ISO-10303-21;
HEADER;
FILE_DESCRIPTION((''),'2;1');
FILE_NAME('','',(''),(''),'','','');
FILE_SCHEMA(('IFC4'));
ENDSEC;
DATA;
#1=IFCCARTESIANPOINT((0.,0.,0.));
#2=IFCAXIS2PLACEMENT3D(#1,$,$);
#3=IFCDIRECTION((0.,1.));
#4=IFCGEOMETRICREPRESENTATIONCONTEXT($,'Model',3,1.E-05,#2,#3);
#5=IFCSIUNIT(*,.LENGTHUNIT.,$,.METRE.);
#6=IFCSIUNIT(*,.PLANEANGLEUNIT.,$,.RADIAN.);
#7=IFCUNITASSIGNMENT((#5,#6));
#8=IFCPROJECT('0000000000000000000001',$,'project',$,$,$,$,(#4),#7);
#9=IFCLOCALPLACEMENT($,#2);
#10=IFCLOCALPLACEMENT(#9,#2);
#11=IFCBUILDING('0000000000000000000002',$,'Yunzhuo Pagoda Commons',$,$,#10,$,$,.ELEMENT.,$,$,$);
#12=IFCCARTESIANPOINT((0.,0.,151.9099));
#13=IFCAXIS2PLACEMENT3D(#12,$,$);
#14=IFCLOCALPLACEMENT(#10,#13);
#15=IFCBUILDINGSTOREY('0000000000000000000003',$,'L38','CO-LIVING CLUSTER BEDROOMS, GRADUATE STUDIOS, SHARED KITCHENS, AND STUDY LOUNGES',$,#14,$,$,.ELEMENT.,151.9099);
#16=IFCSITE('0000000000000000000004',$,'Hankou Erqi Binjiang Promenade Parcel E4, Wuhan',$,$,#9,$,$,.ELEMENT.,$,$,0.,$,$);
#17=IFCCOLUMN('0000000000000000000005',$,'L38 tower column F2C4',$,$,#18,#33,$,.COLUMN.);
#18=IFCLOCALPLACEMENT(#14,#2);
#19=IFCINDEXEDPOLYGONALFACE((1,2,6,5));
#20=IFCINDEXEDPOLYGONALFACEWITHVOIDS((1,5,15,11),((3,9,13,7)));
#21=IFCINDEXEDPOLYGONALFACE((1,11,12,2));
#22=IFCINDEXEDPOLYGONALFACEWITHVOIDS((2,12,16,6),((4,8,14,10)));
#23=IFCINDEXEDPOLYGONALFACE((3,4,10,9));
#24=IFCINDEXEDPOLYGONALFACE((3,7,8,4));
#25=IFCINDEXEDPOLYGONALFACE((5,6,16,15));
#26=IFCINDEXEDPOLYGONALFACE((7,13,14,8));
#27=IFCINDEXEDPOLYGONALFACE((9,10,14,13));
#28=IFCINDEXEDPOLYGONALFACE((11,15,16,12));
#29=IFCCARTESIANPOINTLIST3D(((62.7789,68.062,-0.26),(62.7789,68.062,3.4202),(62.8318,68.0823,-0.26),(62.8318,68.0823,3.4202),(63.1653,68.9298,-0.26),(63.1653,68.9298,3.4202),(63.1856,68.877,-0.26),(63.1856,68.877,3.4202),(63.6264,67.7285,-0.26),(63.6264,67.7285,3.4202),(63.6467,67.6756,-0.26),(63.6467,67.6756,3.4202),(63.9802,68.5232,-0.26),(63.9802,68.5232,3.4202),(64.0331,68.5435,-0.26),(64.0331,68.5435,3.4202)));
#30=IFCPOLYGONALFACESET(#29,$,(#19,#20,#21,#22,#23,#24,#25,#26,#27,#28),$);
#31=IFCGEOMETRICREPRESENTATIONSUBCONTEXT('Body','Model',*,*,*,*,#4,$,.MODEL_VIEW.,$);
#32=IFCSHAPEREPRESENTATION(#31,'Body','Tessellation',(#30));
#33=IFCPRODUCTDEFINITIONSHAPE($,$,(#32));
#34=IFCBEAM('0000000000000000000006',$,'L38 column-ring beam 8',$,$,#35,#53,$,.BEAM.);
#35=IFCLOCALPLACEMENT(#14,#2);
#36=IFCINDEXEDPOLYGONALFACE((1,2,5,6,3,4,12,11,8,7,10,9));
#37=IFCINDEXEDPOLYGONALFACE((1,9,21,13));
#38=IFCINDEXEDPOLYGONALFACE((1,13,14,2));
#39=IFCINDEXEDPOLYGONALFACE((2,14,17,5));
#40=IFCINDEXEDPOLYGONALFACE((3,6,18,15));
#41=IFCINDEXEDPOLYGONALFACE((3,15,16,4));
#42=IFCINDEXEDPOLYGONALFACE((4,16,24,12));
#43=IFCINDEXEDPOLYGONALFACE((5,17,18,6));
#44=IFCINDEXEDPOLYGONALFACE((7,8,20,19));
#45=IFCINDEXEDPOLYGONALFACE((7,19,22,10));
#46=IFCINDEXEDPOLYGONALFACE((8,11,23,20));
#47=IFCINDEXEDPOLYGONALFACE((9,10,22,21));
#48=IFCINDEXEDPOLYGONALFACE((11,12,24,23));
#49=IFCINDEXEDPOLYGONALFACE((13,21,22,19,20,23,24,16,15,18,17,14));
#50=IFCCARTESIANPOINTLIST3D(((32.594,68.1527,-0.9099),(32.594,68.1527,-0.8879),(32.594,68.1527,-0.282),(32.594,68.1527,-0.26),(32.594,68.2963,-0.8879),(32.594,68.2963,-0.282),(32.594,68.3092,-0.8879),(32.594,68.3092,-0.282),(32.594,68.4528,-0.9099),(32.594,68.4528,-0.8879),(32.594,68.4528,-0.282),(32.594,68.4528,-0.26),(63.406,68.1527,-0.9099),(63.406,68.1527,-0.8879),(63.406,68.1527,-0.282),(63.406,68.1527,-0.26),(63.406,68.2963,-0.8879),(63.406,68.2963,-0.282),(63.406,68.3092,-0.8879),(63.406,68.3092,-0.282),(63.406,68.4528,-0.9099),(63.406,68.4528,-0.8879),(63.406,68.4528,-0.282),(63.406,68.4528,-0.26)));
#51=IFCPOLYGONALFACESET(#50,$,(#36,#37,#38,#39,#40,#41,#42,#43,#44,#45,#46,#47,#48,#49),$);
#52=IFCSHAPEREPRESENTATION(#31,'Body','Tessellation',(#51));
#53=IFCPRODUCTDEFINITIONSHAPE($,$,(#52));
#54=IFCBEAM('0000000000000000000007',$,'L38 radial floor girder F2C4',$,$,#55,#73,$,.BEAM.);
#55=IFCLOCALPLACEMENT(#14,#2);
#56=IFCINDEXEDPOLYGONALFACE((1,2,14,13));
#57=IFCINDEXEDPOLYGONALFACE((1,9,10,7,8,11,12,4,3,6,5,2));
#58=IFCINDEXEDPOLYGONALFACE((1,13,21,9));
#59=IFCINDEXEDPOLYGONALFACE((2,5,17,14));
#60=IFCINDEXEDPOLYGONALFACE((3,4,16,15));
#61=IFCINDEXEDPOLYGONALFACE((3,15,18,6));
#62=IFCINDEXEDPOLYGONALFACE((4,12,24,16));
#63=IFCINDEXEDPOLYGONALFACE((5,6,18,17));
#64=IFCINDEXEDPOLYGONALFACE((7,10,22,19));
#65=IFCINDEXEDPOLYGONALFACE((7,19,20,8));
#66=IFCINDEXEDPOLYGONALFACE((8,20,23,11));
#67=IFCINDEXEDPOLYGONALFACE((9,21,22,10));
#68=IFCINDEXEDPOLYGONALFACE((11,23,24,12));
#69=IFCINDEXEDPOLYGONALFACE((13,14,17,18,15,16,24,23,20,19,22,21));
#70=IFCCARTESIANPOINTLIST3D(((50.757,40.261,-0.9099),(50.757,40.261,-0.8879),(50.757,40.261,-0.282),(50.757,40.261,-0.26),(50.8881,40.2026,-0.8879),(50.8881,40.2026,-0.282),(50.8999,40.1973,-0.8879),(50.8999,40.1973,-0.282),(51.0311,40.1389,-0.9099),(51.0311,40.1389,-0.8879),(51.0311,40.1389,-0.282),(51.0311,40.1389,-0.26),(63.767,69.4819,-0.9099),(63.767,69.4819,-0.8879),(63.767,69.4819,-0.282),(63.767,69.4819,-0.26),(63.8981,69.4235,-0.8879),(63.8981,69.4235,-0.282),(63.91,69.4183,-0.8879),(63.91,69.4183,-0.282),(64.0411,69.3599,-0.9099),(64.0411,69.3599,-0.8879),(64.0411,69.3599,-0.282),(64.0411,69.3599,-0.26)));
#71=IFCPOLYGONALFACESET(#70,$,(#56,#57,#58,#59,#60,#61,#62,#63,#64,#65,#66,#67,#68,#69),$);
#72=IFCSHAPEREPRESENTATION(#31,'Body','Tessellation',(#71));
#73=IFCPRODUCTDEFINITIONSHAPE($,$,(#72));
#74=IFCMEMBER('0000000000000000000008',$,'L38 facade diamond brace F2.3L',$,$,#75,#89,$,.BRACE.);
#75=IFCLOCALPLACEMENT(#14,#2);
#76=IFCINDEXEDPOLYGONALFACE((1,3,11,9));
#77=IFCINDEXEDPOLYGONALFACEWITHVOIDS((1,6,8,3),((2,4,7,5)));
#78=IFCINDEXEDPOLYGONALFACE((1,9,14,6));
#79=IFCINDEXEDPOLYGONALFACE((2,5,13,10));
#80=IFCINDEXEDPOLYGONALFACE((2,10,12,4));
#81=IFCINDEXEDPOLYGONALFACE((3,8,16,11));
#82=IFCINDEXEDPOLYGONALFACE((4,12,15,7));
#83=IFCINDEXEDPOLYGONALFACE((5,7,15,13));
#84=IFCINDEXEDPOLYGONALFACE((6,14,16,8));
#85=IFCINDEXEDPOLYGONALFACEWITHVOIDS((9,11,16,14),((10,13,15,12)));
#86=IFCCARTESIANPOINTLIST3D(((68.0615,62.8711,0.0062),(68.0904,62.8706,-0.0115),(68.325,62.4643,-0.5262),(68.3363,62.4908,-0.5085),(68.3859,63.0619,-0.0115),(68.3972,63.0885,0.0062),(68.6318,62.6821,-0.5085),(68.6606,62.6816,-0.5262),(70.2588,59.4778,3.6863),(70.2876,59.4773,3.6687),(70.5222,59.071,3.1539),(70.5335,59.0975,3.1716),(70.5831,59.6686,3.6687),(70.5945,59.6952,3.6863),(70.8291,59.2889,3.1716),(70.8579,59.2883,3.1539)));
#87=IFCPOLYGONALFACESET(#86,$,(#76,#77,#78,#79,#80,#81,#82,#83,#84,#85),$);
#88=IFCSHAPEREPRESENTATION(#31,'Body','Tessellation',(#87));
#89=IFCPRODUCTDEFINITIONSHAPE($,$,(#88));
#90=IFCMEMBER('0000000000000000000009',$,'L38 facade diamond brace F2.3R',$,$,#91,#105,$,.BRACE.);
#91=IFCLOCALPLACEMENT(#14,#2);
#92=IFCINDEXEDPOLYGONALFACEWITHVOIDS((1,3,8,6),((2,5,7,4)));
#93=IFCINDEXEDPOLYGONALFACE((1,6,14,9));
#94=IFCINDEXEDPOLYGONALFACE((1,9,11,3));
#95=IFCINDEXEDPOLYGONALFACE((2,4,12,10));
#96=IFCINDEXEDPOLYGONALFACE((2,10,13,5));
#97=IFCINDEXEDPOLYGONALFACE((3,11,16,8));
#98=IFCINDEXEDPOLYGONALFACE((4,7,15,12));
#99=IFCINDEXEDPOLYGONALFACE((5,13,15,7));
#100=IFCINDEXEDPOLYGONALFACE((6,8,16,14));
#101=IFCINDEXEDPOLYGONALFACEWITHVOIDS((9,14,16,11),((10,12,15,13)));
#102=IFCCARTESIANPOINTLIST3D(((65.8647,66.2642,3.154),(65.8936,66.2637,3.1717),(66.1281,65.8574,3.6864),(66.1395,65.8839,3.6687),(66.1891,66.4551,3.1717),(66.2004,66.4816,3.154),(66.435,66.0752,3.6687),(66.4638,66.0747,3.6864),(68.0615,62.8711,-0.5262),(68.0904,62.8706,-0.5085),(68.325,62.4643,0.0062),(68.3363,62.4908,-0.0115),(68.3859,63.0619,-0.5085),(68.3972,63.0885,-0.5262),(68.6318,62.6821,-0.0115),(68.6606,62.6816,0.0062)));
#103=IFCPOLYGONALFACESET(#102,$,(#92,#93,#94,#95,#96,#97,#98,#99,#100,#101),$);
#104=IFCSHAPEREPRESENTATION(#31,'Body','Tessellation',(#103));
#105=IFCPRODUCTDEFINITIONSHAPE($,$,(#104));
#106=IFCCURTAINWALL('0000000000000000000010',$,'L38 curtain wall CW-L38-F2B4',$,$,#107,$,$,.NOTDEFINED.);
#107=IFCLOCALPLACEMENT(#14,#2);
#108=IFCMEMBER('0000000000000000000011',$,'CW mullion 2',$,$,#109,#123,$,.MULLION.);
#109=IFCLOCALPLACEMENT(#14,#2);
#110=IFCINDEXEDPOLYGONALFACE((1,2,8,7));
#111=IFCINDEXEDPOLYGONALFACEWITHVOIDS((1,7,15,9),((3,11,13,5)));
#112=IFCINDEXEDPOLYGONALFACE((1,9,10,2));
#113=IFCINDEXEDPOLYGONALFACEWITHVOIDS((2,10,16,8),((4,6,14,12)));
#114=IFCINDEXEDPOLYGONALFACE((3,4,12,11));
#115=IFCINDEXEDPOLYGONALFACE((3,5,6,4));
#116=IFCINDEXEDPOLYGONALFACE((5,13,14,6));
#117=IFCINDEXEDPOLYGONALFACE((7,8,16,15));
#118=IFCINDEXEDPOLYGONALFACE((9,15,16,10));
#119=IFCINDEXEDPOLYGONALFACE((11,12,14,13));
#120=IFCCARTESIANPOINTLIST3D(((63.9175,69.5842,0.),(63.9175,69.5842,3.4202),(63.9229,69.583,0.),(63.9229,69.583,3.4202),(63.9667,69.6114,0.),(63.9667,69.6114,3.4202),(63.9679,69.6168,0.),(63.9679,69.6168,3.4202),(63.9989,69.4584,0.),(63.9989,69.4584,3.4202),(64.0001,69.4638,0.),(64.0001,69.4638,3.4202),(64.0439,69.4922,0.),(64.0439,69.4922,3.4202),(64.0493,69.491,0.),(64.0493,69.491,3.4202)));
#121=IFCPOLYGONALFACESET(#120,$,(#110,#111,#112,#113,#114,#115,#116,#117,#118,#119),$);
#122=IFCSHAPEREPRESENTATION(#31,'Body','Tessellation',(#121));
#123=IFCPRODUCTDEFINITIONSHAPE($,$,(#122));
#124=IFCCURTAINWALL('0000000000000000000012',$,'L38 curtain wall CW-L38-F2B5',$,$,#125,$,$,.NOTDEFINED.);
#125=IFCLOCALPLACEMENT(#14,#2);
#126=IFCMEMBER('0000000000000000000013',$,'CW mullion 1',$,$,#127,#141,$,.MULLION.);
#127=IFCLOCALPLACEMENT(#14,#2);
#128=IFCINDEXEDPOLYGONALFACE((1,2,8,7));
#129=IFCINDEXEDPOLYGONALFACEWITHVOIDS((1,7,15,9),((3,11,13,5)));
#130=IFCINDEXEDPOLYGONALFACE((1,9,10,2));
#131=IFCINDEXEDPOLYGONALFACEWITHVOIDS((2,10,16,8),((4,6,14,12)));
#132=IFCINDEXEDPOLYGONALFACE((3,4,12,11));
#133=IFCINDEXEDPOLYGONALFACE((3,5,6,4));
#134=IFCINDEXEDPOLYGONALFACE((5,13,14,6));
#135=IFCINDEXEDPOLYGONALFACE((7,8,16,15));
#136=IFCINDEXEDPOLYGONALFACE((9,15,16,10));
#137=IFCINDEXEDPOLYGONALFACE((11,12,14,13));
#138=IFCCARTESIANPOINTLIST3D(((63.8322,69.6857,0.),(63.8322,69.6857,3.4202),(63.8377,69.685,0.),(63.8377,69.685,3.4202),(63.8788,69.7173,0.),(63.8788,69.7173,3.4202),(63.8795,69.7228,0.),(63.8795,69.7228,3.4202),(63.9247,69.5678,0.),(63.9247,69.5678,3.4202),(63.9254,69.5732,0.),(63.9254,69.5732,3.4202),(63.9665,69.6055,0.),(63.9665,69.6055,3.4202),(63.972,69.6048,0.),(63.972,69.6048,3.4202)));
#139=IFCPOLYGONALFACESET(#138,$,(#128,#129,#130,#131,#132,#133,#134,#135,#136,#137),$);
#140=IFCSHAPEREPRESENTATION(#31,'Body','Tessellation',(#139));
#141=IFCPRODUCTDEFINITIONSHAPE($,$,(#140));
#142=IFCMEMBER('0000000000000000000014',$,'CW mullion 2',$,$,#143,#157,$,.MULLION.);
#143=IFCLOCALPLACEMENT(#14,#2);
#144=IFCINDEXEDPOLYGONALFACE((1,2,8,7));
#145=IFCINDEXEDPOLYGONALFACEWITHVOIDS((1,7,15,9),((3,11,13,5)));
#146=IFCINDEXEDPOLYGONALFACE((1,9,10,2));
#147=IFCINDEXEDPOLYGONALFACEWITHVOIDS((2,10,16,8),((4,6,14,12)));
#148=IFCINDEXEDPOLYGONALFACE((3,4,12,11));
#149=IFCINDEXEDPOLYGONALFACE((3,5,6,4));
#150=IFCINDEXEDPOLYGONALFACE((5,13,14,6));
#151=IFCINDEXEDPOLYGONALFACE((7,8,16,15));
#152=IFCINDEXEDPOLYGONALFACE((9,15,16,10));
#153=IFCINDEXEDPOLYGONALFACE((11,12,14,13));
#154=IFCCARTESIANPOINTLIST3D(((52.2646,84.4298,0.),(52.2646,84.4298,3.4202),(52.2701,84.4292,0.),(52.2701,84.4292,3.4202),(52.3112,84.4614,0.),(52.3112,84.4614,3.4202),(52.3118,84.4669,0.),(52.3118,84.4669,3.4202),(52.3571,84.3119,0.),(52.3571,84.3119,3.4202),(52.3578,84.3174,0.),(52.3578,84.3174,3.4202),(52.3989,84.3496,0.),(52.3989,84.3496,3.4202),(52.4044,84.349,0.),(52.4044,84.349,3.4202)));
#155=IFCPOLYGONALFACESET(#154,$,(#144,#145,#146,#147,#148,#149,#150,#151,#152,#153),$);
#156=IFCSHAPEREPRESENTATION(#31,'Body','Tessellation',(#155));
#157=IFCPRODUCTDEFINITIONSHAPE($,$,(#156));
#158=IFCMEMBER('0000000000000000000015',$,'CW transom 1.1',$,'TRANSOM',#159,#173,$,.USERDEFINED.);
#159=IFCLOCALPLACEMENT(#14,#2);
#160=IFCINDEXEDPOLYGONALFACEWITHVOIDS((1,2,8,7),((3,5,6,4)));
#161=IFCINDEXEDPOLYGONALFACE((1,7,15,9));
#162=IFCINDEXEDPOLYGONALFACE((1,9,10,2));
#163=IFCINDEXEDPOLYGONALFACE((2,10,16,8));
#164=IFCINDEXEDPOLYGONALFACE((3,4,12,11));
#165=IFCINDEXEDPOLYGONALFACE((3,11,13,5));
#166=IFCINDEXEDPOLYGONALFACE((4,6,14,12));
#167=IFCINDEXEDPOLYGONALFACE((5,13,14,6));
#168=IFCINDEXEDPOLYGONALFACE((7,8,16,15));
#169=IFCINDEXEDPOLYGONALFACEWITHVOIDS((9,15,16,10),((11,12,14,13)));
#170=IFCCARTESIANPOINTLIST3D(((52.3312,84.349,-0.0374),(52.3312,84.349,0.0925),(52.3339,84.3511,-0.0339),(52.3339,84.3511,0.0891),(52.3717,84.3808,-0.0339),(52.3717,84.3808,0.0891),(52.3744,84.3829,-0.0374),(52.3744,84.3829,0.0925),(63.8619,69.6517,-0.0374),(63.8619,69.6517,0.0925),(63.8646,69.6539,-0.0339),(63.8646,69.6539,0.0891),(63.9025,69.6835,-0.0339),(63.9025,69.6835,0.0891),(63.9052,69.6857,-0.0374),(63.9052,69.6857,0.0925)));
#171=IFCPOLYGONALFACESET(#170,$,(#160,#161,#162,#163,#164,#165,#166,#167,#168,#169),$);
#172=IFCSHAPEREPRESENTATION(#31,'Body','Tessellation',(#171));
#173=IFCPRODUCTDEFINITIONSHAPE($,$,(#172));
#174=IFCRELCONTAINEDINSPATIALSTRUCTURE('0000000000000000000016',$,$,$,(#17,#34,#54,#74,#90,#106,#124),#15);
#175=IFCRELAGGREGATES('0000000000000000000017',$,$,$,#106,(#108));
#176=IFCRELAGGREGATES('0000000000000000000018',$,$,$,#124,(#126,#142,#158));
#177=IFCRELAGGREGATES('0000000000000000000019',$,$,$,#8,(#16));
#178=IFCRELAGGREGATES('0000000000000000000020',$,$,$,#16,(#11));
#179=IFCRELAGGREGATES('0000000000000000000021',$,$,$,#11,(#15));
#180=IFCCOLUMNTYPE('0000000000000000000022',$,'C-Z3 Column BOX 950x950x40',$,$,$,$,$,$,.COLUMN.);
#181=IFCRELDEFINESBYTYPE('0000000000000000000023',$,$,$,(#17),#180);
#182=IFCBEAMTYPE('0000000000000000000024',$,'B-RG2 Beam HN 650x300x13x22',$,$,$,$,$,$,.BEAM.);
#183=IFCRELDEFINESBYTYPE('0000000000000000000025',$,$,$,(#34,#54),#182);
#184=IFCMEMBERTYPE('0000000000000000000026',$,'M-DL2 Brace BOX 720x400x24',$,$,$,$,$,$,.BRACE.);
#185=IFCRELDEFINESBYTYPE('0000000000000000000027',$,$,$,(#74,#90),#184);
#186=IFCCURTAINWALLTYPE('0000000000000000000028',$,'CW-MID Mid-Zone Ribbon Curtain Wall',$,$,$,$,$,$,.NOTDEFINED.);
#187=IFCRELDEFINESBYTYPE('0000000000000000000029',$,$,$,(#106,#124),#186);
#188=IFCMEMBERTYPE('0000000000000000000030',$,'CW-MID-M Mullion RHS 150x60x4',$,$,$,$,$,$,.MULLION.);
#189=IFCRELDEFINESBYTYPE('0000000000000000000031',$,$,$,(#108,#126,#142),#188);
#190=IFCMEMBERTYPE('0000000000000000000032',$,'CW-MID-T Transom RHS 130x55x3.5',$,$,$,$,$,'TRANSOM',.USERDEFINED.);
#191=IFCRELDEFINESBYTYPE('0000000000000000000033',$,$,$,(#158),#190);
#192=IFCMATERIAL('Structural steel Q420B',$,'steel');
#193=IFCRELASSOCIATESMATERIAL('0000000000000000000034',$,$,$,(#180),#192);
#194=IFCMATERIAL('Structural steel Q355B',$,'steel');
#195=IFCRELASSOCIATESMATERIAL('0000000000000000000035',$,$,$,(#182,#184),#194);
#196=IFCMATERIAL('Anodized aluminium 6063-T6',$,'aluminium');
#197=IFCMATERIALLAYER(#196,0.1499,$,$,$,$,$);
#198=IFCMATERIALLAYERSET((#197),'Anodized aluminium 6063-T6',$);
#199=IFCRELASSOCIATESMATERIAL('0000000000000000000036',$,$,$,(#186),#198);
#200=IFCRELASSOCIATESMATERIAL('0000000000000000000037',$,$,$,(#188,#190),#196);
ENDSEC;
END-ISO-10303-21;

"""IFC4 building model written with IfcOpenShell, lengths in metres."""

from ifc_helpers import new_model, si_unit, direction, frame, origin, origin_2d, place, context, subcontext, project, spatial, hollow_rectangle, i_section, extrude, source, transform, mapped, material, layer, layer_set, material_profile, profile_set, type_object, element, aggregate, save


model = new_model("IFC4")

# Units and contexts
model_context = context("Model", 3, precision=1e-05, world=origin(), true_north=direction((0.0, 1.0)))
body_context = subcontext(model_context, "Body", "Model", "MODEL_VIEW")
ifc_project = project(units=[si_unit("LENGTHUNIT", "METRE"), si_unit("PLANEANGLEUNIT", "RADIAN")], contexts=[model_context])

# Site, building, storey
site_placement = place(None, origin())
site = spatial("IfcSite", under=ifc_project, at=site_placement, Name="Hankou Erqi Binjiang Promenade Parcel E4, Wuhan", CompositionType="ELEMENT", RefElevation=0.0)
building_placement = place(site_placement, origin())
building = spatial("IfcBuilding", under=site, at=building_placement, Name="Yunzhuo Pagoda Commons", CompositionType="ELEMENT")
storey_placement = place(building_placement, frame((0.0, 0.0, 151.9099)))
storey = spatial("IfcBuildingStorey", under=building, at=storey_placement, Name="L38", Description="CO-LIVING CLUSTER BEDROOMS, GRADUATE STUDIOS, SHARED KITCHENS, AND STUDY LOUNGES", CompositionType="ELEMENT", Elevation=151.9099)

# Column
ifc_material_1 = material(Name="Structural steel Q420B", Category="steel")
ifc_material_profile_1 = material_profile(ifc_material_1, hollow_rectangle(XDim=0.95, YDim=0.95, WallThickness=0.04, at=origin_2d()), Name="Structural steel Q420B")
ifc_profile_set_1 = profile_set([ifc_material_profile_1], Name="Structural steel Q420B")
column_type = type_object("IfcColumnType", Name="C-Z3 Column BOX 950x950x40", PredefinedType="COLUMN", material=ifc_profile_set_1)
shared_shape_1 = source(origin(), body_context, "Body", "SweptSolid", [
    extrude(hollow_rectangle(XDim=0.95, YDim=0.95, WallThickness=0.04, at=origin_2d()), origin(), (0.0, 0.0, 1.0), 3.6802),
])
column_placement = place(storey_placement, frame((63.406, 68.3027, -0.26), z_axis=(0.0, 0.0, 1.0), x_axis=(-0.913545, 0.406737, 0.0)))
element("IfcColumn", 1, at=column_placement, inside=storey, type_object=column_type, Name="L38 tower column F2C4", PredefinedType="COLUMN", context=body_context, shape_type="MappedRepresentation", body=[
    mapped(shared_shape_1, transform((0.0, 0.0, 0.0), scale=1.0)),
])

# Beams
ifc_material_2 = material(Name="Structural steel Q355B", Category="steel")
ifc_material_profile_2 = material_profile(ifc_material_2, i_section(OverallWidth=0.3, OverallDepth=0.6499, WebThickness=0.0129, FlangeThickness=0.022, at=origin_2d()), Name="Structural steel Q355B")
ifc_profile_set_2 = profile_set([ifc_material_profile_2], Name="Structural steel Q355B")
beam_type = type_object("IfcBeamType", Name="B-RG2 Beam HN 650x300x13x22", PredefinedType="BEAM", material=ifc_profile_set_2)
shared_shape_2 = source(origin(), body_context, "Body", "SweptSolid", [
    extrude(i_section(OverallWidth=0.3, OverallDepth=0.6499, WebThickness=0.0129, FlangeThickness=0.022, at=origin_2d()), origin(), (0.0, 0.0, 1.0), 30.812),
])
beam_1_placement = place(storey_placement, frame((63.406, 68.3027, -0.585), z_axis=(-1.0, 0.0, 0.0), x_axis=(0.0, -1.0, 0.0)))
element("IfcBeam", 2, at=beam_1_placement, inside=storey, type_object=beam_type, Name="L38 column-ring beam 8", PredefinedType="BEAM", context=body_context, shape_type="MappedRepresentation", body=[
    mapped(shared_shape_2, transform((0.0, 0.0, 0.0), scale=1.0)),
])
shared_shape_3 = source(origin(), body_context, "Body", "SweptSolid", [
    extrude(i_section(OverallWidth=0.3, OverallDepth=0.6499, WebThickness=0.0129, FlangeThickness=0.022, at=origin_2d()), origin(), (0.0, 0.0, 1.0), 31.9863),
])
beam_2_placement = place(storey_placement, frame((63.9041, 69.4209, -0.585), z_axis=(-0.406737, -0.913545, 0.0), x_axis=(0.913545, -0.406737, 0.0)))
element("IfcBeam", 3, at=beam_2_placement, inside=storey, type_object=beam_type, Name="L38 radial floor girder F2C4", PredefinedType="BEAM", context=body_context, shape_type="MappedRepresentation", body=[
    mapped(shared_shape_3, transform((0.0, 0.0, 0.0), scale=1.0)),
])

# Members
ifc_material_profile_3 = material_profile(ifc_material_2, hollow_rectangle(XDim=0.3999, YDim=0.72, WallThickness=0.0239, at=origin_2d()), Name="Structural steel Q355B")
ifc_profile_set_3 = profile_set([ifc_material_profile_3], Name="Structural steel Q355B")
member_type_1 = type_object("IfcMemberType", Name="M-DL2 Brace BOX 720x400x24", PredefinedType="BRACE", material=ifc_profile_set_3)
shared_shape_4 = source(origin(), body_context, "Body", "SweptSolid", [
    extrude(hollow_rectangle(XDim=0.3999, YDim=0.72, WallThickness=0.0239, at=origin_2d()), origin(), (0.0, 0.0, 1.0), 5.4668),
])
member_1_placement = place(storey_placement, frame((68.3611, 62.7764, -0.26), z_axis=(0.401927, -0.620709, 0.673183), x_axis=(0.83939, 0.543529, 0.0)))
element("IfcMember", 4, at=member_1_placement, inside=storey, type_object=member_type_1, Name="L38 facade diamond brace F2.3L", PredefinedType="BRACE", context=body_context, shape_type="MappedRepresentation", body=[
    mapped(shared_shape_4, transform((0.0, 0.0, 0.0), scale=1.0)),
])
shared_shape_5 = source(origin(), body_context, "Body", "SweptSolid", [
    extrude(hollow_rectangle(XDim=0.3999, YDim=0.72, WallThickness=0.0239, at=origin_2d()), origin(), (0.0, 0.0, 1.0), 5.4666),
])
member_2_placement = place(storey_placement, frame((68.3611, 62.7764, -0.26), z_axis=(-0.401863, 0.620704, 0.673226), x_axis=(-0.839428, -0.543472, 0.0)))
element("IfcMember", 5, at=member_2_placement, inside=storey, type_object=member_type_1, Name="L38 facade diamond brace F2.3R", PredefinedType="BRACE", context=body_context, shape_type="MappedRepresentation", body=[
    mapped(shared_shape_5, transform((0.0, 0.0, 0.0), scale=1.0)),
])

# Curtain wall, member
ifc_material_3 = material(Name="Anodized aluminium 6063-T6", Category="aluminium")
ifc_layer_1 = layer(ifc_material_3, 0.1499)
ifc_layer_set_1 = layer_set([ifc_layer_1], Name="Anodized aluminium 6063-T6")
curtain_wall_type = type_object("IfcCurtainWallType", Name="CW-MID Mid-Zone Ribbon Curtain Wall", PredefinedType="NOTDEFINED", material=ifc_layer_set_1)
curtain_wall_1_placement = place(storey_placement, origin())
curtain_wall_1 = element("IfcCurtainWall", 6, at=curtain_wall_1_placement, inside=storey, type_object=curtain_wall_type, Name="L38 curtain wall CW-L38-F2B4", PredefinedType="NOTDEFINED")
ifc_material_profile_4 = material_profile(ifc_material_3, hollow_rectangle(XDim=0.0601, YDim=0.1499, WallThickness=0.0039, at=origin_2d()), Name="Anodized aluminium 6063-T6")
ifc_profile_set_4 = profile_set([ifc_material_profile_4], Name="Anodized aluminium 6063-T6")
member_type_2 = type_object("IfcMemberType", Name="CW-MID-M Mullion RHS 150x60x4", PredefinedType="MULLION", material=ifc_profile_set_4)
shared_shape_6 = source(origin(), body_context, "Body", "SweptSolid", [
    extrude(hollow_rectangle(XDim=0.0601, YDim=0.1499, WallThickness=0.0039, at=origin_2d()), origin(), (0.0, 0.0, 1.0), 3.4202),
])
member_3_placement = place(storey_placement, frame((63.9834, 69.5376, 0.0), z_axis=(0.0, 0.0, 1.0), x_axis=(-0.839393, -0.543526, 0.0)))
member_3 = element("IfcMember", 7, at=member_3_placement, type_object=member_type_2, Name="CW mullion 2", PredefinedType="MULLION", context=body_context, shape_type="MappedRepresentation", body=[
    mapped(shared_shape_6, transform((0.0, 0.0, 0.0), scale=1.0)),
])

# Curtain wall, members
curtain_wall_2_placement = place(storey_placement, origin())
curtain_wall_2 = element("IfcCurtainWall", 8, at=curtain_wall_2_placement, inside=storey, type_object=curtain_wall_type, Name="L38 curtain wall CW-L38-F2B5", PredefinedType="NOTDEFINED")
member_4_placement = place(storey_placement, frame((63.9021, 69.6453, 0.0), z_axis=(0.0, 0.0, 1.0), x_axis=(-0.786759, -0.61726, 0.0)))
member_4 = element("IfcMember", 9, at=member_4_placement, type_object=member_type_2, Name="CW mullion 1", PredefinedType="MULLION", context=body_context, shape_type="MappedRepresentation", body=[
    mapped(shared_shape_6, transform((0.0, 0.0, 0.0), scale=1.0)),
])
member_5_placement = place(storey_placement, frame((52.3345, 84.3894, 0.0), z_axis=(0.0, 0.0, 1.0), x_axis=(-0.786759, -0.61726, 0.0)))
member_5 = element("IfcMember", 10, at=member_5_placement, type_object=member_type_2, Name="CW mullion 2", PredefinedType="MULLION", context=body_context, shape_type="MappedRepresentation", body=[
    mapped(shared_shape_6, transform((0.0, 0.0, 0.0), scale=1.0)),
])
ifc_material_profile_5 = material_profile(ifc_material_3, hollow_rectangle(XDim=0.0549, YDim=0.1299, WallThickness=0.0034, at=origin_2d()), Name="Anodized aluminium 6063-T6")
ifc_profile_set_5 = profile_set([ifc_material_profile_5], Name="Anodized aluminium 6063-T6")
member_type_3 = type_object("IfcMemberType", Name="CW-MID-T Transom RHS 130x55x3.5", ElementType="TRANSOM", PredefinedType="USERDEFINED", material=ifc_profile_set_5)
shared_shape_7 = source(origin(), body_context, "Body", "SweptSolid", [
    extrude(hollow_rectangle(XDim=0.0549, YDim=0.1299, WallThickness=0.0034, at=origin_2d()), origin(), (0.0, 0.0, 1.0), 18.6807),
])
member_6_placement = place(storey_placement, frame((63.8835, 69.6687, 0.0276), z_axis=(-0.617256, 0.786763, 0.0), x_axis=(-0.786763, -0.617256, 0.0)))
member_6 = element("IfcMember", 11, at=member_6_placement, type_object=member_type_3, Name="CW transom 1.1", ObjectType="TRANSOM", PredefinedType="USERDEFINED", context=body_context, shape_type="MappedRepresentation", body=[
    mapped(shared_shape_7, transform((0.0, 0.0, 0.0), scale=1.0)),
])

aggregate(curtain_wall_1, [member_3])

aggregate(curtain_wall_2, [member_4, member_5, member_6])

save(model, "model.ifc")
